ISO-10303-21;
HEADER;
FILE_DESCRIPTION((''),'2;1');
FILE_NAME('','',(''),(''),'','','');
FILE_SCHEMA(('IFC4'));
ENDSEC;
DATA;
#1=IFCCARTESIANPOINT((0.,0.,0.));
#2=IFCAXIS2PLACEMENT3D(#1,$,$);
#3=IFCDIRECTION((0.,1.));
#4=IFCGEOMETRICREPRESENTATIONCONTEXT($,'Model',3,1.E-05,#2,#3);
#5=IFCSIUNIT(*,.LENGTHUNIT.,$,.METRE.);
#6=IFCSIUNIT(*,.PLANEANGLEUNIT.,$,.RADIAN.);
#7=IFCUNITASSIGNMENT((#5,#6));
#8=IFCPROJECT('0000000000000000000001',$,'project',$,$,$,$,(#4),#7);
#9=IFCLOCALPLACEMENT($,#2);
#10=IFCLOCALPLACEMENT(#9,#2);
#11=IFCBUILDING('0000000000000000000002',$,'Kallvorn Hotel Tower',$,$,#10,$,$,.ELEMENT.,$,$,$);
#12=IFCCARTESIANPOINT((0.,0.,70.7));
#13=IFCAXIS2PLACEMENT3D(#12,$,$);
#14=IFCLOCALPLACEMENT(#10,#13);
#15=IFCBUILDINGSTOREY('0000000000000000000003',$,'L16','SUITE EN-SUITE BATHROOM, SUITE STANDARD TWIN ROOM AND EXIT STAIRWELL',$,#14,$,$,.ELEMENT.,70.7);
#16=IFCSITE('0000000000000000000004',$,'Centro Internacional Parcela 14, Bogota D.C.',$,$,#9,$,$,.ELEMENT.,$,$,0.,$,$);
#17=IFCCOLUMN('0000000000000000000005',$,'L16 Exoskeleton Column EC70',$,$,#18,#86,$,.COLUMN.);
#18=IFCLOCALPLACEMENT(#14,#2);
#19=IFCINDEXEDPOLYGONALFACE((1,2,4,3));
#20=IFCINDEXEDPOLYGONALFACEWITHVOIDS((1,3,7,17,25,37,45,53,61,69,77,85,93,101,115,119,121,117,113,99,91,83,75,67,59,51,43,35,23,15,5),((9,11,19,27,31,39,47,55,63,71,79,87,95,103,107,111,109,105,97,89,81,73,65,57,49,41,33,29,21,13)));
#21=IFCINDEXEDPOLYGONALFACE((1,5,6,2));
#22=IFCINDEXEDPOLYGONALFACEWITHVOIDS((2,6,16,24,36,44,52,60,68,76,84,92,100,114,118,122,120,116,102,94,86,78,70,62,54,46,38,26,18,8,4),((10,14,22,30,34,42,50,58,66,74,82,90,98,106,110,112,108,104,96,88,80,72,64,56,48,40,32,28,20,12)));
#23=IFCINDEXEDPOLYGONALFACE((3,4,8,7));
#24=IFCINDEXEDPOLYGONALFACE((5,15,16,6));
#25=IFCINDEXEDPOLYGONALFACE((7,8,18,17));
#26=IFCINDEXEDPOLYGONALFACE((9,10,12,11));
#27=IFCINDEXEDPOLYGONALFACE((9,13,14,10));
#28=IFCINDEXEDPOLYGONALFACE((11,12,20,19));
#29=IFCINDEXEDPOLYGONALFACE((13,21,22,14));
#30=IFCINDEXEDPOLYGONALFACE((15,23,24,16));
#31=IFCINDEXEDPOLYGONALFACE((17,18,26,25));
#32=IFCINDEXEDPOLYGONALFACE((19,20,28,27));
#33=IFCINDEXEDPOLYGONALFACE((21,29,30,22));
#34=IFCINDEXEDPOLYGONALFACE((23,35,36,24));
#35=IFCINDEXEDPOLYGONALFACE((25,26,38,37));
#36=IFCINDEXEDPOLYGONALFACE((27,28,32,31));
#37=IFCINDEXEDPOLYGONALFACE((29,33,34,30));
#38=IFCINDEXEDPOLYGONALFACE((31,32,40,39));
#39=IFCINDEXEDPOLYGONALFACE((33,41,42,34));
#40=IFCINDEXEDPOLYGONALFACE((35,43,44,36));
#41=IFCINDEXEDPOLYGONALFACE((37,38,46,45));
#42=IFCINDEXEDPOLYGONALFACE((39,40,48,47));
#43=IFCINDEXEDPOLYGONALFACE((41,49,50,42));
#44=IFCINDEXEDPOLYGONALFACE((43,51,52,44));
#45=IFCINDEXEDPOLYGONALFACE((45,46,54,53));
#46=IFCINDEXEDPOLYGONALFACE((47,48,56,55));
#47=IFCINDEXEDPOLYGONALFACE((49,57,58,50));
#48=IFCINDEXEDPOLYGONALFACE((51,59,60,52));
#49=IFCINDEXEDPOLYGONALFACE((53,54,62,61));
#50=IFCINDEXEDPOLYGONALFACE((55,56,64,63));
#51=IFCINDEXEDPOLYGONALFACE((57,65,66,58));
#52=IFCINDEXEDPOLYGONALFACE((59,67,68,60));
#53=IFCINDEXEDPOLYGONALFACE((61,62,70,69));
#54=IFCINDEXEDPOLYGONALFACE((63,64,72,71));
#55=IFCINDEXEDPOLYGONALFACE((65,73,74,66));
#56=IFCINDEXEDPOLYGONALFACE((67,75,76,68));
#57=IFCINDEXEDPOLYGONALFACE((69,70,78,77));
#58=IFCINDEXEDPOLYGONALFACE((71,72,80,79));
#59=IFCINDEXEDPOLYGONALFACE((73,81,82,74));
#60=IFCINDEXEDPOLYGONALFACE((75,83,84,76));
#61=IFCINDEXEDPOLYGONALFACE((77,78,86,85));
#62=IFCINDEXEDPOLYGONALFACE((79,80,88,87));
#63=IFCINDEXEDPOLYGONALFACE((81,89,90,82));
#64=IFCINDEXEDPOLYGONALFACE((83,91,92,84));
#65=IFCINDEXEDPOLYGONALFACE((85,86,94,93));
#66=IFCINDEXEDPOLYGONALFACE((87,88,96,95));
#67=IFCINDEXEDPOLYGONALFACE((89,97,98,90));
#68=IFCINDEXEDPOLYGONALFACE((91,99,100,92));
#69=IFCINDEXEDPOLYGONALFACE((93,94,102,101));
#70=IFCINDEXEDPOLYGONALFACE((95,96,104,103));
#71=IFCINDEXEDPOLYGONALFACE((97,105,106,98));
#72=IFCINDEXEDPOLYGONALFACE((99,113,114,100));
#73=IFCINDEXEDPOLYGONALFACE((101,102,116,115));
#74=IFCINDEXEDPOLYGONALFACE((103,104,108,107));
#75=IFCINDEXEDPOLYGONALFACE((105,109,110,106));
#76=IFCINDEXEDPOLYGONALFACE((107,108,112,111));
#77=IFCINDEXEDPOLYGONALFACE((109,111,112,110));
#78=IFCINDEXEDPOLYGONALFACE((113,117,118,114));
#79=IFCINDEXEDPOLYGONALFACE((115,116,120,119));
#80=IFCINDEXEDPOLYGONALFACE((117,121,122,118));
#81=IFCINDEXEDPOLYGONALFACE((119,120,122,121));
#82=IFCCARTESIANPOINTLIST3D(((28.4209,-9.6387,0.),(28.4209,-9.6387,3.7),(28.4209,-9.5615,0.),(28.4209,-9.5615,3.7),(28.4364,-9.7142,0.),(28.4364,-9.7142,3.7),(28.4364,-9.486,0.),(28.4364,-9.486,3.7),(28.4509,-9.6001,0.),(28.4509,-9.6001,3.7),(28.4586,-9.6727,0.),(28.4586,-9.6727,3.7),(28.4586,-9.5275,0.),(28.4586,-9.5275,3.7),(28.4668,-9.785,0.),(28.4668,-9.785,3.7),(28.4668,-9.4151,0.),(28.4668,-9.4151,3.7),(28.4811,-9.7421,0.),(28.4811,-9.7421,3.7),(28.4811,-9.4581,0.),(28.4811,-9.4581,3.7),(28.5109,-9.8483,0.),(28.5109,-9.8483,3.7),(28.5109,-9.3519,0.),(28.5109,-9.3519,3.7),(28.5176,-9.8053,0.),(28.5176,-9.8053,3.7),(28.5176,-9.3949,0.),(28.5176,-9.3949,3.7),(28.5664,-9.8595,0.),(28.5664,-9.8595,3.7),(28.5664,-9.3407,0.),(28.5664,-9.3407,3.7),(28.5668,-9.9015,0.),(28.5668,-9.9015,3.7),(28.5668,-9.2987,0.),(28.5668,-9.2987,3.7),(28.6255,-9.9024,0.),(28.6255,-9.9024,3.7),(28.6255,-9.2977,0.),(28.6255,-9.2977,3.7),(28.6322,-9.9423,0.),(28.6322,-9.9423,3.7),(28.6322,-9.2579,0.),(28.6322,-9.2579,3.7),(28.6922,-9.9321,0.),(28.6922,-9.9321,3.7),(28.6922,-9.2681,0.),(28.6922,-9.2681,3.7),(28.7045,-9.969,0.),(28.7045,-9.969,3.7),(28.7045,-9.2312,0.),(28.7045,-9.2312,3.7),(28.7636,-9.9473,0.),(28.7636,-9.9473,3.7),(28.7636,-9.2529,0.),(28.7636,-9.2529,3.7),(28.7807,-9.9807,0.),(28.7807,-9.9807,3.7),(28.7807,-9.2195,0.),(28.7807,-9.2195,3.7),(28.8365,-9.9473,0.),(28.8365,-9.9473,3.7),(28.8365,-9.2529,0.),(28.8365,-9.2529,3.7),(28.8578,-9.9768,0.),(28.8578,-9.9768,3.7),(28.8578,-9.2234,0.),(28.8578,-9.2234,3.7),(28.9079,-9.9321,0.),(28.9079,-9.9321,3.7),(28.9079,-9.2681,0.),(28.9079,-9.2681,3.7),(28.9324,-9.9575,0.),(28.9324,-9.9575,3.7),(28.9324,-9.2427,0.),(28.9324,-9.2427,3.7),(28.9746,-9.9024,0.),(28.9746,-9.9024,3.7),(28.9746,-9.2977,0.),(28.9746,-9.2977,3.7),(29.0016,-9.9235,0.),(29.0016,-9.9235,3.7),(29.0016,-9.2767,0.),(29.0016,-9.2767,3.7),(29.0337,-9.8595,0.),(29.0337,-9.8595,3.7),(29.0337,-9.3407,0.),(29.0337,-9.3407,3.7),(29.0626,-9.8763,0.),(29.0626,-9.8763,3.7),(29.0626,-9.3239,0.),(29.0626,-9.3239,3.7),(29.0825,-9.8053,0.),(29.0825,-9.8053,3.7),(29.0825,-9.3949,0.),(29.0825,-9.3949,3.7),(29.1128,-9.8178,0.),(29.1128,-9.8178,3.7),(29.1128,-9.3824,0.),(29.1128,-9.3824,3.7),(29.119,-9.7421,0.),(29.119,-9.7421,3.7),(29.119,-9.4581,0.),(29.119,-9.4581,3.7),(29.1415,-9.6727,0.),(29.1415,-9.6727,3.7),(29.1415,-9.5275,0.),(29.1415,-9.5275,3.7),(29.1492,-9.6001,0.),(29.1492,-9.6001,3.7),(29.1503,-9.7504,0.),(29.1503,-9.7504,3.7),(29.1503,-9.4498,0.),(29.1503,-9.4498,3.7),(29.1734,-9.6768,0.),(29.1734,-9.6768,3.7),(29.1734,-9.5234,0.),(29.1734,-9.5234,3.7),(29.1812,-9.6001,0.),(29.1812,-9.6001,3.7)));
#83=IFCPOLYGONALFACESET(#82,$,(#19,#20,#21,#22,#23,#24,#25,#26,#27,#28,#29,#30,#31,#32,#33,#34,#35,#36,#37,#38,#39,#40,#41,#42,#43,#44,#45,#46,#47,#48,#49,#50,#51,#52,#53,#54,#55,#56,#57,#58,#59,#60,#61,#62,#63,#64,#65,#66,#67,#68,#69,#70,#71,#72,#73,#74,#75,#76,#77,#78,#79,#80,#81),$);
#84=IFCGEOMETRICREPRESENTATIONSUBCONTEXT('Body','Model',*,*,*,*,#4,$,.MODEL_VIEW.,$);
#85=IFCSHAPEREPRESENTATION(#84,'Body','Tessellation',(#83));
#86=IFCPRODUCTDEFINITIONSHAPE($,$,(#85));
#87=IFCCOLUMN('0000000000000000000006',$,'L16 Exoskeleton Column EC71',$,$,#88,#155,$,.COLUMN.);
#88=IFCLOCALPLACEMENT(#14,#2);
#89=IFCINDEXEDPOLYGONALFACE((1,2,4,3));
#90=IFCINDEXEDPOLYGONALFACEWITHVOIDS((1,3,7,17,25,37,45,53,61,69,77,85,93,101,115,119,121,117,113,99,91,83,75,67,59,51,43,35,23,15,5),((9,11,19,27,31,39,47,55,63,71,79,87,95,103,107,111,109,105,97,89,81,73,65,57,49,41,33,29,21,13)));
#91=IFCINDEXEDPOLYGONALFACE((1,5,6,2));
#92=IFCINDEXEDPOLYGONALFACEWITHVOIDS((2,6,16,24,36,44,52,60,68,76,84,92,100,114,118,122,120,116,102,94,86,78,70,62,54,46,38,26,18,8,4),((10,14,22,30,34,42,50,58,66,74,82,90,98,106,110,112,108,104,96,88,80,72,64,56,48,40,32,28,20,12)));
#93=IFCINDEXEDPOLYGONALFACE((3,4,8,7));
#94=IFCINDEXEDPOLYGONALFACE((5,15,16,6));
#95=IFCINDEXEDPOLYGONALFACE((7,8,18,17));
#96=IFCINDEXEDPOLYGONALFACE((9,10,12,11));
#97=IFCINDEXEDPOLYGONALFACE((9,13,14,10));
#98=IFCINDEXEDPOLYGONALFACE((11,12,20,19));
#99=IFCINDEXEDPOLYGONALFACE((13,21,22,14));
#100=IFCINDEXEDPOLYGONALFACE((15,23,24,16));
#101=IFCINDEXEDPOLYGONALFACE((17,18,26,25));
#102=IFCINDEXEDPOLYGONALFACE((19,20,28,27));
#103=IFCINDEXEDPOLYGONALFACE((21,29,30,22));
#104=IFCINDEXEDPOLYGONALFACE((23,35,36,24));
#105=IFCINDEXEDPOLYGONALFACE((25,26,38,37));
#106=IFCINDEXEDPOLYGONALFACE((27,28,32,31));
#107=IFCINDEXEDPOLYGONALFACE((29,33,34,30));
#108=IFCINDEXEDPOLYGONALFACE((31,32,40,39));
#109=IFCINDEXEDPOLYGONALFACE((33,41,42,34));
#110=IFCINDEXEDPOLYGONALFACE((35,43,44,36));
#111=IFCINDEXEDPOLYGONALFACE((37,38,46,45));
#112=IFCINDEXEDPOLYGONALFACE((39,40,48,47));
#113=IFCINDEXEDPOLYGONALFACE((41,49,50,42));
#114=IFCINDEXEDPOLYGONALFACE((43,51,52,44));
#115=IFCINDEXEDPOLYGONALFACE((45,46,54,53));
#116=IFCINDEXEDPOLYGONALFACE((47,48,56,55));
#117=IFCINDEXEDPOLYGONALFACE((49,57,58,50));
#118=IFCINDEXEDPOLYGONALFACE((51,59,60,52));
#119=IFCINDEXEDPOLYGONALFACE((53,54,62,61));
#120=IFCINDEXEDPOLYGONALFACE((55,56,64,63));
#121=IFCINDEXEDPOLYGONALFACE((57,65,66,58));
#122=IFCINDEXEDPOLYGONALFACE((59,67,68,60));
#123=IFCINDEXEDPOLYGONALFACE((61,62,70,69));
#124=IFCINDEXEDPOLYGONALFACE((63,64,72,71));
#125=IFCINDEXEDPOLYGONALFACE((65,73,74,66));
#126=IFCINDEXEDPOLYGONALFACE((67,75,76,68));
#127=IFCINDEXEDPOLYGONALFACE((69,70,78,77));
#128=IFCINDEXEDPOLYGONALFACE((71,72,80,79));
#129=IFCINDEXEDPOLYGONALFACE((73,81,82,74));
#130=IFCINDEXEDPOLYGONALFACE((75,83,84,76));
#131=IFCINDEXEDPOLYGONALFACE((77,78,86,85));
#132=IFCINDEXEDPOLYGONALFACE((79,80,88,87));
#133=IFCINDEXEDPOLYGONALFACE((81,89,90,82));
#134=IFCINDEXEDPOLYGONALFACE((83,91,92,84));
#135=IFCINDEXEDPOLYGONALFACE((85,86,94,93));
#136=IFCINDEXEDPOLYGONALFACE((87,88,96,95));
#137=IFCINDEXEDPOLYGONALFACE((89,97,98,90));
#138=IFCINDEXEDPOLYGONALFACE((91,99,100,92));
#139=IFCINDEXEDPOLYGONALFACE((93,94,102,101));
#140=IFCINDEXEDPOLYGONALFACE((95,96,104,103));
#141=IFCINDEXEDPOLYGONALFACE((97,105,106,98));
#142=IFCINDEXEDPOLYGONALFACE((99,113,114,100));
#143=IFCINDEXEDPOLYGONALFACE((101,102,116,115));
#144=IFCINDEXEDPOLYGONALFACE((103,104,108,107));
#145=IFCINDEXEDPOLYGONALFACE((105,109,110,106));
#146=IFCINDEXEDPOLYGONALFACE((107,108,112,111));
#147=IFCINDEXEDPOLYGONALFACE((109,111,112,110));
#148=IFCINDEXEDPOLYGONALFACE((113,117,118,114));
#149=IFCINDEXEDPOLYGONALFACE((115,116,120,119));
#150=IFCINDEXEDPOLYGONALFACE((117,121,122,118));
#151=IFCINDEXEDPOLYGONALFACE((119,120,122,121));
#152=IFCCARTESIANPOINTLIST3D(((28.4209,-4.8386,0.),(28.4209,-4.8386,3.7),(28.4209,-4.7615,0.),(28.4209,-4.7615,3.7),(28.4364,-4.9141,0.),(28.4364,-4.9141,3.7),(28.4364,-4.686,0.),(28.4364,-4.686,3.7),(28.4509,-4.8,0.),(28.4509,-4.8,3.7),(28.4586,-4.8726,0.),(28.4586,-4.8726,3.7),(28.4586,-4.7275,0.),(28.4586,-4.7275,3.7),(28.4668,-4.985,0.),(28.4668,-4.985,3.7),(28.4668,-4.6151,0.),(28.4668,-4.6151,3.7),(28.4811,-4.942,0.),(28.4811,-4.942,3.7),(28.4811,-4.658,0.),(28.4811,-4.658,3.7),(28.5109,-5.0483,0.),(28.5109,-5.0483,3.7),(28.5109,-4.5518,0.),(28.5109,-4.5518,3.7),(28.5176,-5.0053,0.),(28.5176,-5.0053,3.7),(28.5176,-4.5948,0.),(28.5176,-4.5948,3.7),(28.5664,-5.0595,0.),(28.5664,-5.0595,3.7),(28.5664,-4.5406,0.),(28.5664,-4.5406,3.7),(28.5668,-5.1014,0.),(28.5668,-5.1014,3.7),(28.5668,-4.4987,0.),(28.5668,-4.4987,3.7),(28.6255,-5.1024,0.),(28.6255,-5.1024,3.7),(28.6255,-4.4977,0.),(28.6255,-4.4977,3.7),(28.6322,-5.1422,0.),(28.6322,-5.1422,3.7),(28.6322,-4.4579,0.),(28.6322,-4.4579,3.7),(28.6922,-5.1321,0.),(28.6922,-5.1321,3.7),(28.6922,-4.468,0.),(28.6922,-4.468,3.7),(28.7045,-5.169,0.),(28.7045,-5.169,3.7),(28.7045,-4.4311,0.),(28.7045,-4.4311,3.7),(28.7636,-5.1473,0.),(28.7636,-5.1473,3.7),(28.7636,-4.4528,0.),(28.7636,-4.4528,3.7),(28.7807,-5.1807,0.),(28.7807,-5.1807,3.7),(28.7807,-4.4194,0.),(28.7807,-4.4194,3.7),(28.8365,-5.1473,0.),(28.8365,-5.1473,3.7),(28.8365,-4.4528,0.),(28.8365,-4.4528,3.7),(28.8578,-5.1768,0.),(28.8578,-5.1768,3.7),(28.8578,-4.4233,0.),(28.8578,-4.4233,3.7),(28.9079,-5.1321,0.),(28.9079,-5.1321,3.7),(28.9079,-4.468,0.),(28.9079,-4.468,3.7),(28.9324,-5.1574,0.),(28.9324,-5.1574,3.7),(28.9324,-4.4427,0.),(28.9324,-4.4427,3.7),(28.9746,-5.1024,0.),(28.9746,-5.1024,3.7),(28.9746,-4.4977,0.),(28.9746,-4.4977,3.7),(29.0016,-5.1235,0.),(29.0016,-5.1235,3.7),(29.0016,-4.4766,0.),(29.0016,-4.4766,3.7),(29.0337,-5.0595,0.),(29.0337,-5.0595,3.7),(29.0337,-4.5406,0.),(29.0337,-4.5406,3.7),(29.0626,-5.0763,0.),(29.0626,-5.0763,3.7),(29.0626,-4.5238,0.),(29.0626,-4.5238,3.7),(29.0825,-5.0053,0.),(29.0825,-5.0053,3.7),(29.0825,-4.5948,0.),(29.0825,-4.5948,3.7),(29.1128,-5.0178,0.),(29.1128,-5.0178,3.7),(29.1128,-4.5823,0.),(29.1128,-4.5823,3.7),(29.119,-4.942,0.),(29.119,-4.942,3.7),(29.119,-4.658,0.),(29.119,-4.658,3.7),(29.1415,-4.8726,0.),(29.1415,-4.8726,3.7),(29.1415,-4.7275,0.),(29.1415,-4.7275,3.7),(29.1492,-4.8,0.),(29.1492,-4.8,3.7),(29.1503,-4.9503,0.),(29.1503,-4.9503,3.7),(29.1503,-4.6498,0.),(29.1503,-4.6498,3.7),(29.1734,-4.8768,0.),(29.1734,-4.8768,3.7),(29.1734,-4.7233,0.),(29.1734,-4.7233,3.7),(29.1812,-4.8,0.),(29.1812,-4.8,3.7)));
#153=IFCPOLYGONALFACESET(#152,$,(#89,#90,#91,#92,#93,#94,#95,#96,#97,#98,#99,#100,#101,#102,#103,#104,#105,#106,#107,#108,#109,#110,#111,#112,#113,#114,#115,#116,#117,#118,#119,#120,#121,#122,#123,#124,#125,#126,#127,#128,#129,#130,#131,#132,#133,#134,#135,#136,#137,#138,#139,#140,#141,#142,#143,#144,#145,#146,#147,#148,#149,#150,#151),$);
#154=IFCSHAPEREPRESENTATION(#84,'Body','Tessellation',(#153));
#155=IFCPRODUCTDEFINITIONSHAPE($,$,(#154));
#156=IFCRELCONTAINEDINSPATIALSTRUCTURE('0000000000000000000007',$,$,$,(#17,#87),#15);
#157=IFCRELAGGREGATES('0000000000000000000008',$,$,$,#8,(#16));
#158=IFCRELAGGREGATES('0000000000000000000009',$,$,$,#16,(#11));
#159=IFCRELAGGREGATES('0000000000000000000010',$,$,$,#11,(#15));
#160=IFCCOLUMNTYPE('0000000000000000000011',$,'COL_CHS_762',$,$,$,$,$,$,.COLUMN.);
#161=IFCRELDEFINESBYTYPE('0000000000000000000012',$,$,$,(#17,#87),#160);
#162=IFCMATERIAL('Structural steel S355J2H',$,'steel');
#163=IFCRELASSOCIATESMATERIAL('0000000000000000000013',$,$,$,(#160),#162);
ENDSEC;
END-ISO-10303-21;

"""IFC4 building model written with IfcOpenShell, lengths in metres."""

from ifc_helpers import new_model, si_unit, direction, frame, origin, origin_2d, place, context, subcontext, project, spatial, hollow_circle, extrude, material, material_profile, profile_set, type_object, element, save


model = new_model("IFC4")

# Units and contexts
model_context = context("Model", 3, precision=1e-05, world=origin(), true_north=direction((0.0, 1.0)))
body_context = subcontext(model_context, "Body", "Model", "MODEL_VIEW")
ifc_project = project(units=[si_unit("LENGTHUNIT", "METRE"), si_unit("PLANEANGLEUNIT", "RADIAN")], contexts=[model_context])

# Site, building, storey
site_placement = place(None, origin())
site = spatial("IfcSite", under=ifc_project, at=site_placement, Name="Centro Internacional Parcela 14, Bogota D.C.", CompositionType="ELEMENT", RefElevation=0.0)
building_placement = place(site_placement, origin())
building = spatial("IfcBuilding", under=site, at=building_placement, Name="Kallvorn Hotel Tower", CompositionType="ELEMENT")
storey_placement = place(building_placement, frame((0.0, 0.0, 70.7)))
storey = spatial("IfcBuildingStorey", under=building, at=storey_placement, Name="L16", Description="SUITE EN-SUITE BATHROOM, SUITE STANDARD TWIN ROOM AND EXIT STAIRWELL", CompositionType="ELEMENT", Elevation=70.7)

# Columns
ifc_material_1 = material(Name="Structural steel S355J2H", Category="steel")
ifc_material_profile_1 = material_profile(ifc_material_1, hollow_circle(Radius=0.3811, WallThickness=0.032, at=origin_2d()), Name="CHS 762x32")
ifc_profile_set_1 = profile_set([ifc_material_profile_1], Name="Structural steel S355J2H")
column_type_1 = type_object("IfcColumnType", Name="COL_CHS_762", PredefinedType="COLUMN", material=ifc_profile_set_1)
for number, where, z_axis, x_axis, name in (
    (1, (28.8, -9.6001, 0.0), (0.0, 0.0, 1.0), (1.0, 0.0, 0.0), "L16 Exoskeleton Column EC70"),
    (2, (28.8, -4.8, 0.0), (0.0, 0.0, 1.0), (1.0, 0.0, 0.0), "L16 Exoskeleton Column EC71"),
):
    element("IfcColumn", number, at=place(storey_placement, frame(where, z_axis=z_axis, x_axis=x_axis)), inside=storey, type_object=column_type_1, Name=name, PredefinedType="COLUMN", context=body_context, shape_type="SweptSolid", body=[
        extrude(hollow_circle(Radius=0.3811, WallThickness=0.032, at=origin_2d()), origin(), (0.0, 0.0, 1.0), 3.7),
    ])

save(model, "model.ifc")
